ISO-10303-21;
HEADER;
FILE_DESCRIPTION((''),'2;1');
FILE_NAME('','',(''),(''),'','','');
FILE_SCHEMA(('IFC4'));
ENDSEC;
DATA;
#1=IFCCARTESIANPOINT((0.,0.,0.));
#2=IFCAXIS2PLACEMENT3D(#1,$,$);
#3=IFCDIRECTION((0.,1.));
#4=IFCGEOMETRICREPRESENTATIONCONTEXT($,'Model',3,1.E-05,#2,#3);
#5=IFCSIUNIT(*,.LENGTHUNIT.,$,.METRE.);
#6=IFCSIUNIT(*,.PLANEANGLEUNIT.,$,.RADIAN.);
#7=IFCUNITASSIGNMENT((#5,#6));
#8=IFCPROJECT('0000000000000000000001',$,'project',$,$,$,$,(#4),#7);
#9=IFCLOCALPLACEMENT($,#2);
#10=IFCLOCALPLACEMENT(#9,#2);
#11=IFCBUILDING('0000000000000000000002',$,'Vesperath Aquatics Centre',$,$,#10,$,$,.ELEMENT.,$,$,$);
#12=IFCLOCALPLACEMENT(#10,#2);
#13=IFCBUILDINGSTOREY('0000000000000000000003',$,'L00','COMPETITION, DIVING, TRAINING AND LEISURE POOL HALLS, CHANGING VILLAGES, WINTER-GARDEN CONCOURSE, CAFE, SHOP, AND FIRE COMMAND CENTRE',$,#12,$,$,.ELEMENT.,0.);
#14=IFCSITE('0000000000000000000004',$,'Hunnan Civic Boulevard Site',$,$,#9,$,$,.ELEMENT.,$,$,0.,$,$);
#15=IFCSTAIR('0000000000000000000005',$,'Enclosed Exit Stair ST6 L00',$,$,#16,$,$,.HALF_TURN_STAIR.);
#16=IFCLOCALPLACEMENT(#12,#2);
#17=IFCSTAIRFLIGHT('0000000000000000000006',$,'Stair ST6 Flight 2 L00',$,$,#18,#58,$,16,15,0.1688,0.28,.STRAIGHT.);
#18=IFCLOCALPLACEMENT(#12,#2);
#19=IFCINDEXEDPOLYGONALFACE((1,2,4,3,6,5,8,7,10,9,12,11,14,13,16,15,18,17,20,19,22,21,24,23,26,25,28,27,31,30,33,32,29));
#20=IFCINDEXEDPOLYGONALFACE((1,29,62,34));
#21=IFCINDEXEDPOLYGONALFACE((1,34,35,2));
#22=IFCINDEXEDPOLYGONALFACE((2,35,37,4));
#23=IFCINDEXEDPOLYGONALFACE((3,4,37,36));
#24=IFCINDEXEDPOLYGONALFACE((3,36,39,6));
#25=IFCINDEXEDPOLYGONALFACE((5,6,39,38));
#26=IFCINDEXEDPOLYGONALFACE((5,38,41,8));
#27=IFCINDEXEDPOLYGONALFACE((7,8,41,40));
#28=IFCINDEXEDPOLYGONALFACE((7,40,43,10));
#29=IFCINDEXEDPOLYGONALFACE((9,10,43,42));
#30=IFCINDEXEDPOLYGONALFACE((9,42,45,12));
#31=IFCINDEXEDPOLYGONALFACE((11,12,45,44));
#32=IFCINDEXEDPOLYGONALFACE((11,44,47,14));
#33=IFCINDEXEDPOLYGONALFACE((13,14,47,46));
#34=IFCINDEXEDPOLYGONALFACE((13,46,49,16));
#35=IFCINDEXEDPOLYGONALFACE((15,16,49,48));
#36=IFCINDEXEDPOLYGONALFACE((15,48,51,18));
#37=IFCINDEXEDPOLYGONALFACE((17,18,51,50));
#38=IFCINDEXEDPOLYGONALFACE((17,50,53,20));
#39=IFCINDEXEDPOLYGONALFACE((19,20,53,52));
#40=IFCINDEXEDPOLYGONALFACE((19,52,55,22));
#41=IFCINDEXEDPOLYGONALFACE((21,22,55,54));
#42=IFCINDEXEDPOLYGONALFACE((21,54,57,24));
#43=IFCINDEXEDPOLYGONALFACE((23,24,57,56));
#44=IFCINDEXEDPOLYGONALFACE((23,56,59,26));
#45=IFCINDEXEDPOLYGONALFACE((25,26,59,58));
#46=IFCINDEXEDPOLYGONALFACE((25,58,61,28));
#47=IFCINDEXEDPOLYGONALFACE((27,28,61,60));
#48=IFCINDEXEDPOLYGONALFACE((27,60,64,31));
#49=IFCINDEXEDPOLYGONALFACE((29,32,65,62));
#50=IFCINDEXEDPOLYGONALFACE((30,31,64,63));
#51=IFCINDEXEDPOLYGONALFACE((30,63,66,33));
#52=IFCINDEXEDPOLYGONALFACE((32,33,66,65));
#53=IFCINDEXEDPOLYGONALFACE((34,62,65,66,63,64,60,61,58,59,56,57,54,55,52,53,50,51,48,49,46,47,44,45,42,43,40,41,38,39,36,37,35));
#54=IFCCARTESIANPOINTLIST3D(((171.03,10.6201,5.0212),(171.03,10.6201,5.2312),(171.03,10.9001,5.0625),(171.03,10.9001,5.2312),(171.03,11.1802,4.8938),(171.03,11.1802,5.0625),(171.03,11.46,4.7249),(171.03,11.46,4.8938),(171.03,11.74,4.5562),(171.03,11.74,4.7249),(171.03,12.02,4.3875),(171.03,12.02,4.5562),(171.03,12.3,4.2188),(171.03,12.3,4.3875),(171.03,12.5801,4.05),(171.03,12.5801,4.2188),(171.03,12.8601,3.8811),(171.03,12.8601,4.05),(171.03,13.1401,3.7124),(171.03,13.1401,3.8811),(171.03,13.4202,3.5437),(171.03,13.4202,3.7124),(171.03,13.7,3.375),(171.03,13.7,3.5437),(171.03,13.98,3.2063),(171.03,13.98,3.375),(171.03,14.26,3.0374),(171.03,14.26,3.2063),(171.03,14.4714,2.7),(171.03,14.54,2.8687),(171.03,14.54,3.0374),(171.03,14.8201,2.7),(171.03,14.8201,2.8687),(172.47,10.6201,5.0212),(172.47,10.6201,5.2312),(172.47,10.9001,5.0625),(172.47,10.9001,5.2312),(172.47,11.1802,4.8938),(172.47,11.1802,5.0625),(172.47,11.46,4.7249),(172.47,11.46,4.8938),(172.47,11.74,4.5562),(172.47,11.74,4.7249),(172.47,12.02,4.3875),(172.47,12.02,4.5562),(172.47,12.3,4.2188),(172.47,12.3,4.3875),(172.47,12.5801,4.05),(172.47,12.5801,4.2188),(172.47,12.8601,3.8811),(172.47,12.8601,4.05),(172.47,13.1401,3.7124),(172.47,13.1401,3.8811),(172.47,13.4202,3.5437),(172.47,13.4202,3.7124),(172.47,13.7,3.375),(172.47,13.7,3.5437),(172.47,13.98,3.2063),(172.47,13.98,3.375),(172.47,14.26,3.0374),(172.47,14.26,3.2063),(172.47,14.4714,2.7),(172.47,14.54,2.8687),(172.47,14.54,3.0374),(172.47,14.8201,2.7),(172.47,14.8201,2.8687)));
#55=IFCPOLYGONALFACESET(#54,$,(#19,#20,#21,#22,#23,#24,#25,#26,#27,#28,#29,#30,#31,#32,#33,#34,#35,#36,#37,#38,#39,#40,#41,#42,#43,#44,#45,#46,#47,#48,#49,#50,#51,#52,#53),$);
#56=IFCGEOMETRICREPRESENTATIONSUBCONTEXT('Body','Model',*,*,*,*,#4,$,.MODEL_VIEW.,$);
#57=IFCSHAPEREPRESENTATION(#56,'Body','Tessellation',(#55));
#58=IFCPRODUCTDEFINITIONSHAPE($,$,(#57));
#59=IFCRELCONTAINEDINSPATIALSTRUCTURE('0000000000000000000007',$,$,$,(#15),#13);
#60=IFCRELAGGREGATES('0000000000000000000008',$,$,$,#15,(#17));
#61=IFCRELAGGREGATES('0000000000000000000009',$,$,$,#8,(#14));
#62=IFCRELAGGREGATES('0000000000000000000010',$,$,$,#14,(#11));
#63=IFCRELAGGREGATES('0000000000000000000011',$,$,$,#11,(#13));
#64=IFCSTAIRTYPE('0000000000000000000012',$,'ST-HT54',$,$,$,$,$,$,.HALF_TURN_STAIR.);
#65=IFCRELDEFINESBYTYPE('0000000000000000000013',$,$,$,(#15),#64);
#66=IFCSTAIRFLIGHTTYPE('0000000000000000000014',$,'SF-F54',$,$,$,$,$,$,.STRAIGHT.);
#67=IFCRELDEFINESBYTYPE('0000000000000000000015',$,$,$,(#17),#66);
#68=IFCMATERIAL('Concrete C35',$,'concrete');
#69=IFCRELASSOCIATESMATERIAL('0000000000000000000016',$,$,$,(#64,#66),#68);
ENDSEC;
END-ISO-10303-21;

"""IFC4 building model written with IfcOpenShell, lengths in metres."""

from ifc_helpers import new_model, si_unit, direction, frame, origin, place, context, subcontext, project, spatial, polyline, outline, extrude, material, type_object, element, aggregate, save


model = new_model("IFC4")

# Units and contexts
model_context = context("Model", 3, precision=1e-05, world=origin(), true_north=direction((0.0, 1.0)))
body_context = subcontext(model_context, "Body", "Model", "MODEL_VIEW")
ifc_project = project(units=[si_unit("LENGTHUNIT", "METRE"), si_unit("PLANEANGLEUNIT", "RADIAN")], contexts=[model_context])

# Site, building, storey
site_placement = place(None, origin())
site = spatial("IfcSite", under=ifc_project, at=site_placement, Name="Hunnan Civic Boulevard Site", CompositionType="ELEMENT", RefElevation=0.0)
building_placement = place(site_placement, origin())
building = spatial("IfcBuilding", under=site, at=building_placement, Name="Vesperath Aquatics Centre", CompositionType="ELEMENT")
storey_placement = place(building_placement, origin())
storey = spatial("IfcBuildingStorey", under=building, at=storey_placement, Name="L00", Description="COMPETITION, DIVING, TRAINING AND LEISURE POOL HALLS, CHANGING VILLAGES, WINTER-GARDEN CONCOURSE, CAFE, SHOP, AND FIRE COMMAND CENTRE", CompositionType="ELEMENT", Elevation=0.0)

# Shared definitions
ifc_material_1 = material(Name="Concrete C35", Category="concrete")

# Stair, stair flight
stair_type = type_object("IfcStairType", Name="ST-HT54", PredefinedType="HALF_TURN_STAIR", material=ifc_material_1)
stair_placement = place(storey_placement, origin())
stair = element("IfcStair", 1, at=stair_placement, inside=storey, type_object=stair_type, Name="Enclosed Exit Stair ST6 L00", PredefinedType="HALF_TURN_STAIR")
stair_flight_type = type_object("IfcStairFlightType", Name="SF-F54", PredefinedType="STRAIGHT", material=ifc_material_1)
stair_flight_1_placement = place(storey_placement, frame((171.75, 14.8201, 2.7), z_axis=(0.0, 0.0, 1.0), x_axis=(0.0, -1.0, 0.0)))
stair_flight_1 = element("IfcStairFlight", 2, at=stair_flight_1_placement, type_object=stair_flight_type, Name="Stair ST6 Flight 2 L00", NumberOfRisers=16, NumberOfTreads=15, PredefinedType="STRAIGHT", RiserHeight=0.1688, TreadLength=0.28, context=body_context, shape_type="SweptSolid", body=[
    extrude(outline(polyline([(0.0, 0.0), (0.0, 0.1687), (0.28, 0.1687), (0.28, 0.3374), (0.5601, 0.3374), (0.5601, 0.5063), (0.8401, 0.5063), (0.8401, 0.675), (1.1201, 0.675), (1.1201, 0.8438), (1.3999, 0.8438), (1.3999, 1.0125), (1.6799, 1.0125), (1.6799, 1.1812), (1.96, 1.1812), (1.96, 1.3501), (2.24, 1.3501), (2.24, 1.5188), (2.52, 1.5188), (2.52, 1.6875), (2.8, 1.6875), (2.8, 1.8562), (3.0801, 1.8562), (3.0801, 2.0249), (3.3601, 2.0249), (3.3601, 2.1938), (3.6399, 2.1938), (3.6399, 2.3625), (3.9199, 2.3625), (3.9199, 2.5312), (4.2, 2.5312), (4.2, 2.7), (4.2, 2.3213), (0.3486, 0.0), (0.0, 0.0)])), frame((0.0, 0.72, 0.0), z_axis=(0.0, -1.0, 0.0), x_axis=(1.0, 0.0, 0.0)), (0.0, 0.0, 1.0), 1.4399),
])
aggregate(stair, [stair_flight_1])

save(model, "model.ifc")
